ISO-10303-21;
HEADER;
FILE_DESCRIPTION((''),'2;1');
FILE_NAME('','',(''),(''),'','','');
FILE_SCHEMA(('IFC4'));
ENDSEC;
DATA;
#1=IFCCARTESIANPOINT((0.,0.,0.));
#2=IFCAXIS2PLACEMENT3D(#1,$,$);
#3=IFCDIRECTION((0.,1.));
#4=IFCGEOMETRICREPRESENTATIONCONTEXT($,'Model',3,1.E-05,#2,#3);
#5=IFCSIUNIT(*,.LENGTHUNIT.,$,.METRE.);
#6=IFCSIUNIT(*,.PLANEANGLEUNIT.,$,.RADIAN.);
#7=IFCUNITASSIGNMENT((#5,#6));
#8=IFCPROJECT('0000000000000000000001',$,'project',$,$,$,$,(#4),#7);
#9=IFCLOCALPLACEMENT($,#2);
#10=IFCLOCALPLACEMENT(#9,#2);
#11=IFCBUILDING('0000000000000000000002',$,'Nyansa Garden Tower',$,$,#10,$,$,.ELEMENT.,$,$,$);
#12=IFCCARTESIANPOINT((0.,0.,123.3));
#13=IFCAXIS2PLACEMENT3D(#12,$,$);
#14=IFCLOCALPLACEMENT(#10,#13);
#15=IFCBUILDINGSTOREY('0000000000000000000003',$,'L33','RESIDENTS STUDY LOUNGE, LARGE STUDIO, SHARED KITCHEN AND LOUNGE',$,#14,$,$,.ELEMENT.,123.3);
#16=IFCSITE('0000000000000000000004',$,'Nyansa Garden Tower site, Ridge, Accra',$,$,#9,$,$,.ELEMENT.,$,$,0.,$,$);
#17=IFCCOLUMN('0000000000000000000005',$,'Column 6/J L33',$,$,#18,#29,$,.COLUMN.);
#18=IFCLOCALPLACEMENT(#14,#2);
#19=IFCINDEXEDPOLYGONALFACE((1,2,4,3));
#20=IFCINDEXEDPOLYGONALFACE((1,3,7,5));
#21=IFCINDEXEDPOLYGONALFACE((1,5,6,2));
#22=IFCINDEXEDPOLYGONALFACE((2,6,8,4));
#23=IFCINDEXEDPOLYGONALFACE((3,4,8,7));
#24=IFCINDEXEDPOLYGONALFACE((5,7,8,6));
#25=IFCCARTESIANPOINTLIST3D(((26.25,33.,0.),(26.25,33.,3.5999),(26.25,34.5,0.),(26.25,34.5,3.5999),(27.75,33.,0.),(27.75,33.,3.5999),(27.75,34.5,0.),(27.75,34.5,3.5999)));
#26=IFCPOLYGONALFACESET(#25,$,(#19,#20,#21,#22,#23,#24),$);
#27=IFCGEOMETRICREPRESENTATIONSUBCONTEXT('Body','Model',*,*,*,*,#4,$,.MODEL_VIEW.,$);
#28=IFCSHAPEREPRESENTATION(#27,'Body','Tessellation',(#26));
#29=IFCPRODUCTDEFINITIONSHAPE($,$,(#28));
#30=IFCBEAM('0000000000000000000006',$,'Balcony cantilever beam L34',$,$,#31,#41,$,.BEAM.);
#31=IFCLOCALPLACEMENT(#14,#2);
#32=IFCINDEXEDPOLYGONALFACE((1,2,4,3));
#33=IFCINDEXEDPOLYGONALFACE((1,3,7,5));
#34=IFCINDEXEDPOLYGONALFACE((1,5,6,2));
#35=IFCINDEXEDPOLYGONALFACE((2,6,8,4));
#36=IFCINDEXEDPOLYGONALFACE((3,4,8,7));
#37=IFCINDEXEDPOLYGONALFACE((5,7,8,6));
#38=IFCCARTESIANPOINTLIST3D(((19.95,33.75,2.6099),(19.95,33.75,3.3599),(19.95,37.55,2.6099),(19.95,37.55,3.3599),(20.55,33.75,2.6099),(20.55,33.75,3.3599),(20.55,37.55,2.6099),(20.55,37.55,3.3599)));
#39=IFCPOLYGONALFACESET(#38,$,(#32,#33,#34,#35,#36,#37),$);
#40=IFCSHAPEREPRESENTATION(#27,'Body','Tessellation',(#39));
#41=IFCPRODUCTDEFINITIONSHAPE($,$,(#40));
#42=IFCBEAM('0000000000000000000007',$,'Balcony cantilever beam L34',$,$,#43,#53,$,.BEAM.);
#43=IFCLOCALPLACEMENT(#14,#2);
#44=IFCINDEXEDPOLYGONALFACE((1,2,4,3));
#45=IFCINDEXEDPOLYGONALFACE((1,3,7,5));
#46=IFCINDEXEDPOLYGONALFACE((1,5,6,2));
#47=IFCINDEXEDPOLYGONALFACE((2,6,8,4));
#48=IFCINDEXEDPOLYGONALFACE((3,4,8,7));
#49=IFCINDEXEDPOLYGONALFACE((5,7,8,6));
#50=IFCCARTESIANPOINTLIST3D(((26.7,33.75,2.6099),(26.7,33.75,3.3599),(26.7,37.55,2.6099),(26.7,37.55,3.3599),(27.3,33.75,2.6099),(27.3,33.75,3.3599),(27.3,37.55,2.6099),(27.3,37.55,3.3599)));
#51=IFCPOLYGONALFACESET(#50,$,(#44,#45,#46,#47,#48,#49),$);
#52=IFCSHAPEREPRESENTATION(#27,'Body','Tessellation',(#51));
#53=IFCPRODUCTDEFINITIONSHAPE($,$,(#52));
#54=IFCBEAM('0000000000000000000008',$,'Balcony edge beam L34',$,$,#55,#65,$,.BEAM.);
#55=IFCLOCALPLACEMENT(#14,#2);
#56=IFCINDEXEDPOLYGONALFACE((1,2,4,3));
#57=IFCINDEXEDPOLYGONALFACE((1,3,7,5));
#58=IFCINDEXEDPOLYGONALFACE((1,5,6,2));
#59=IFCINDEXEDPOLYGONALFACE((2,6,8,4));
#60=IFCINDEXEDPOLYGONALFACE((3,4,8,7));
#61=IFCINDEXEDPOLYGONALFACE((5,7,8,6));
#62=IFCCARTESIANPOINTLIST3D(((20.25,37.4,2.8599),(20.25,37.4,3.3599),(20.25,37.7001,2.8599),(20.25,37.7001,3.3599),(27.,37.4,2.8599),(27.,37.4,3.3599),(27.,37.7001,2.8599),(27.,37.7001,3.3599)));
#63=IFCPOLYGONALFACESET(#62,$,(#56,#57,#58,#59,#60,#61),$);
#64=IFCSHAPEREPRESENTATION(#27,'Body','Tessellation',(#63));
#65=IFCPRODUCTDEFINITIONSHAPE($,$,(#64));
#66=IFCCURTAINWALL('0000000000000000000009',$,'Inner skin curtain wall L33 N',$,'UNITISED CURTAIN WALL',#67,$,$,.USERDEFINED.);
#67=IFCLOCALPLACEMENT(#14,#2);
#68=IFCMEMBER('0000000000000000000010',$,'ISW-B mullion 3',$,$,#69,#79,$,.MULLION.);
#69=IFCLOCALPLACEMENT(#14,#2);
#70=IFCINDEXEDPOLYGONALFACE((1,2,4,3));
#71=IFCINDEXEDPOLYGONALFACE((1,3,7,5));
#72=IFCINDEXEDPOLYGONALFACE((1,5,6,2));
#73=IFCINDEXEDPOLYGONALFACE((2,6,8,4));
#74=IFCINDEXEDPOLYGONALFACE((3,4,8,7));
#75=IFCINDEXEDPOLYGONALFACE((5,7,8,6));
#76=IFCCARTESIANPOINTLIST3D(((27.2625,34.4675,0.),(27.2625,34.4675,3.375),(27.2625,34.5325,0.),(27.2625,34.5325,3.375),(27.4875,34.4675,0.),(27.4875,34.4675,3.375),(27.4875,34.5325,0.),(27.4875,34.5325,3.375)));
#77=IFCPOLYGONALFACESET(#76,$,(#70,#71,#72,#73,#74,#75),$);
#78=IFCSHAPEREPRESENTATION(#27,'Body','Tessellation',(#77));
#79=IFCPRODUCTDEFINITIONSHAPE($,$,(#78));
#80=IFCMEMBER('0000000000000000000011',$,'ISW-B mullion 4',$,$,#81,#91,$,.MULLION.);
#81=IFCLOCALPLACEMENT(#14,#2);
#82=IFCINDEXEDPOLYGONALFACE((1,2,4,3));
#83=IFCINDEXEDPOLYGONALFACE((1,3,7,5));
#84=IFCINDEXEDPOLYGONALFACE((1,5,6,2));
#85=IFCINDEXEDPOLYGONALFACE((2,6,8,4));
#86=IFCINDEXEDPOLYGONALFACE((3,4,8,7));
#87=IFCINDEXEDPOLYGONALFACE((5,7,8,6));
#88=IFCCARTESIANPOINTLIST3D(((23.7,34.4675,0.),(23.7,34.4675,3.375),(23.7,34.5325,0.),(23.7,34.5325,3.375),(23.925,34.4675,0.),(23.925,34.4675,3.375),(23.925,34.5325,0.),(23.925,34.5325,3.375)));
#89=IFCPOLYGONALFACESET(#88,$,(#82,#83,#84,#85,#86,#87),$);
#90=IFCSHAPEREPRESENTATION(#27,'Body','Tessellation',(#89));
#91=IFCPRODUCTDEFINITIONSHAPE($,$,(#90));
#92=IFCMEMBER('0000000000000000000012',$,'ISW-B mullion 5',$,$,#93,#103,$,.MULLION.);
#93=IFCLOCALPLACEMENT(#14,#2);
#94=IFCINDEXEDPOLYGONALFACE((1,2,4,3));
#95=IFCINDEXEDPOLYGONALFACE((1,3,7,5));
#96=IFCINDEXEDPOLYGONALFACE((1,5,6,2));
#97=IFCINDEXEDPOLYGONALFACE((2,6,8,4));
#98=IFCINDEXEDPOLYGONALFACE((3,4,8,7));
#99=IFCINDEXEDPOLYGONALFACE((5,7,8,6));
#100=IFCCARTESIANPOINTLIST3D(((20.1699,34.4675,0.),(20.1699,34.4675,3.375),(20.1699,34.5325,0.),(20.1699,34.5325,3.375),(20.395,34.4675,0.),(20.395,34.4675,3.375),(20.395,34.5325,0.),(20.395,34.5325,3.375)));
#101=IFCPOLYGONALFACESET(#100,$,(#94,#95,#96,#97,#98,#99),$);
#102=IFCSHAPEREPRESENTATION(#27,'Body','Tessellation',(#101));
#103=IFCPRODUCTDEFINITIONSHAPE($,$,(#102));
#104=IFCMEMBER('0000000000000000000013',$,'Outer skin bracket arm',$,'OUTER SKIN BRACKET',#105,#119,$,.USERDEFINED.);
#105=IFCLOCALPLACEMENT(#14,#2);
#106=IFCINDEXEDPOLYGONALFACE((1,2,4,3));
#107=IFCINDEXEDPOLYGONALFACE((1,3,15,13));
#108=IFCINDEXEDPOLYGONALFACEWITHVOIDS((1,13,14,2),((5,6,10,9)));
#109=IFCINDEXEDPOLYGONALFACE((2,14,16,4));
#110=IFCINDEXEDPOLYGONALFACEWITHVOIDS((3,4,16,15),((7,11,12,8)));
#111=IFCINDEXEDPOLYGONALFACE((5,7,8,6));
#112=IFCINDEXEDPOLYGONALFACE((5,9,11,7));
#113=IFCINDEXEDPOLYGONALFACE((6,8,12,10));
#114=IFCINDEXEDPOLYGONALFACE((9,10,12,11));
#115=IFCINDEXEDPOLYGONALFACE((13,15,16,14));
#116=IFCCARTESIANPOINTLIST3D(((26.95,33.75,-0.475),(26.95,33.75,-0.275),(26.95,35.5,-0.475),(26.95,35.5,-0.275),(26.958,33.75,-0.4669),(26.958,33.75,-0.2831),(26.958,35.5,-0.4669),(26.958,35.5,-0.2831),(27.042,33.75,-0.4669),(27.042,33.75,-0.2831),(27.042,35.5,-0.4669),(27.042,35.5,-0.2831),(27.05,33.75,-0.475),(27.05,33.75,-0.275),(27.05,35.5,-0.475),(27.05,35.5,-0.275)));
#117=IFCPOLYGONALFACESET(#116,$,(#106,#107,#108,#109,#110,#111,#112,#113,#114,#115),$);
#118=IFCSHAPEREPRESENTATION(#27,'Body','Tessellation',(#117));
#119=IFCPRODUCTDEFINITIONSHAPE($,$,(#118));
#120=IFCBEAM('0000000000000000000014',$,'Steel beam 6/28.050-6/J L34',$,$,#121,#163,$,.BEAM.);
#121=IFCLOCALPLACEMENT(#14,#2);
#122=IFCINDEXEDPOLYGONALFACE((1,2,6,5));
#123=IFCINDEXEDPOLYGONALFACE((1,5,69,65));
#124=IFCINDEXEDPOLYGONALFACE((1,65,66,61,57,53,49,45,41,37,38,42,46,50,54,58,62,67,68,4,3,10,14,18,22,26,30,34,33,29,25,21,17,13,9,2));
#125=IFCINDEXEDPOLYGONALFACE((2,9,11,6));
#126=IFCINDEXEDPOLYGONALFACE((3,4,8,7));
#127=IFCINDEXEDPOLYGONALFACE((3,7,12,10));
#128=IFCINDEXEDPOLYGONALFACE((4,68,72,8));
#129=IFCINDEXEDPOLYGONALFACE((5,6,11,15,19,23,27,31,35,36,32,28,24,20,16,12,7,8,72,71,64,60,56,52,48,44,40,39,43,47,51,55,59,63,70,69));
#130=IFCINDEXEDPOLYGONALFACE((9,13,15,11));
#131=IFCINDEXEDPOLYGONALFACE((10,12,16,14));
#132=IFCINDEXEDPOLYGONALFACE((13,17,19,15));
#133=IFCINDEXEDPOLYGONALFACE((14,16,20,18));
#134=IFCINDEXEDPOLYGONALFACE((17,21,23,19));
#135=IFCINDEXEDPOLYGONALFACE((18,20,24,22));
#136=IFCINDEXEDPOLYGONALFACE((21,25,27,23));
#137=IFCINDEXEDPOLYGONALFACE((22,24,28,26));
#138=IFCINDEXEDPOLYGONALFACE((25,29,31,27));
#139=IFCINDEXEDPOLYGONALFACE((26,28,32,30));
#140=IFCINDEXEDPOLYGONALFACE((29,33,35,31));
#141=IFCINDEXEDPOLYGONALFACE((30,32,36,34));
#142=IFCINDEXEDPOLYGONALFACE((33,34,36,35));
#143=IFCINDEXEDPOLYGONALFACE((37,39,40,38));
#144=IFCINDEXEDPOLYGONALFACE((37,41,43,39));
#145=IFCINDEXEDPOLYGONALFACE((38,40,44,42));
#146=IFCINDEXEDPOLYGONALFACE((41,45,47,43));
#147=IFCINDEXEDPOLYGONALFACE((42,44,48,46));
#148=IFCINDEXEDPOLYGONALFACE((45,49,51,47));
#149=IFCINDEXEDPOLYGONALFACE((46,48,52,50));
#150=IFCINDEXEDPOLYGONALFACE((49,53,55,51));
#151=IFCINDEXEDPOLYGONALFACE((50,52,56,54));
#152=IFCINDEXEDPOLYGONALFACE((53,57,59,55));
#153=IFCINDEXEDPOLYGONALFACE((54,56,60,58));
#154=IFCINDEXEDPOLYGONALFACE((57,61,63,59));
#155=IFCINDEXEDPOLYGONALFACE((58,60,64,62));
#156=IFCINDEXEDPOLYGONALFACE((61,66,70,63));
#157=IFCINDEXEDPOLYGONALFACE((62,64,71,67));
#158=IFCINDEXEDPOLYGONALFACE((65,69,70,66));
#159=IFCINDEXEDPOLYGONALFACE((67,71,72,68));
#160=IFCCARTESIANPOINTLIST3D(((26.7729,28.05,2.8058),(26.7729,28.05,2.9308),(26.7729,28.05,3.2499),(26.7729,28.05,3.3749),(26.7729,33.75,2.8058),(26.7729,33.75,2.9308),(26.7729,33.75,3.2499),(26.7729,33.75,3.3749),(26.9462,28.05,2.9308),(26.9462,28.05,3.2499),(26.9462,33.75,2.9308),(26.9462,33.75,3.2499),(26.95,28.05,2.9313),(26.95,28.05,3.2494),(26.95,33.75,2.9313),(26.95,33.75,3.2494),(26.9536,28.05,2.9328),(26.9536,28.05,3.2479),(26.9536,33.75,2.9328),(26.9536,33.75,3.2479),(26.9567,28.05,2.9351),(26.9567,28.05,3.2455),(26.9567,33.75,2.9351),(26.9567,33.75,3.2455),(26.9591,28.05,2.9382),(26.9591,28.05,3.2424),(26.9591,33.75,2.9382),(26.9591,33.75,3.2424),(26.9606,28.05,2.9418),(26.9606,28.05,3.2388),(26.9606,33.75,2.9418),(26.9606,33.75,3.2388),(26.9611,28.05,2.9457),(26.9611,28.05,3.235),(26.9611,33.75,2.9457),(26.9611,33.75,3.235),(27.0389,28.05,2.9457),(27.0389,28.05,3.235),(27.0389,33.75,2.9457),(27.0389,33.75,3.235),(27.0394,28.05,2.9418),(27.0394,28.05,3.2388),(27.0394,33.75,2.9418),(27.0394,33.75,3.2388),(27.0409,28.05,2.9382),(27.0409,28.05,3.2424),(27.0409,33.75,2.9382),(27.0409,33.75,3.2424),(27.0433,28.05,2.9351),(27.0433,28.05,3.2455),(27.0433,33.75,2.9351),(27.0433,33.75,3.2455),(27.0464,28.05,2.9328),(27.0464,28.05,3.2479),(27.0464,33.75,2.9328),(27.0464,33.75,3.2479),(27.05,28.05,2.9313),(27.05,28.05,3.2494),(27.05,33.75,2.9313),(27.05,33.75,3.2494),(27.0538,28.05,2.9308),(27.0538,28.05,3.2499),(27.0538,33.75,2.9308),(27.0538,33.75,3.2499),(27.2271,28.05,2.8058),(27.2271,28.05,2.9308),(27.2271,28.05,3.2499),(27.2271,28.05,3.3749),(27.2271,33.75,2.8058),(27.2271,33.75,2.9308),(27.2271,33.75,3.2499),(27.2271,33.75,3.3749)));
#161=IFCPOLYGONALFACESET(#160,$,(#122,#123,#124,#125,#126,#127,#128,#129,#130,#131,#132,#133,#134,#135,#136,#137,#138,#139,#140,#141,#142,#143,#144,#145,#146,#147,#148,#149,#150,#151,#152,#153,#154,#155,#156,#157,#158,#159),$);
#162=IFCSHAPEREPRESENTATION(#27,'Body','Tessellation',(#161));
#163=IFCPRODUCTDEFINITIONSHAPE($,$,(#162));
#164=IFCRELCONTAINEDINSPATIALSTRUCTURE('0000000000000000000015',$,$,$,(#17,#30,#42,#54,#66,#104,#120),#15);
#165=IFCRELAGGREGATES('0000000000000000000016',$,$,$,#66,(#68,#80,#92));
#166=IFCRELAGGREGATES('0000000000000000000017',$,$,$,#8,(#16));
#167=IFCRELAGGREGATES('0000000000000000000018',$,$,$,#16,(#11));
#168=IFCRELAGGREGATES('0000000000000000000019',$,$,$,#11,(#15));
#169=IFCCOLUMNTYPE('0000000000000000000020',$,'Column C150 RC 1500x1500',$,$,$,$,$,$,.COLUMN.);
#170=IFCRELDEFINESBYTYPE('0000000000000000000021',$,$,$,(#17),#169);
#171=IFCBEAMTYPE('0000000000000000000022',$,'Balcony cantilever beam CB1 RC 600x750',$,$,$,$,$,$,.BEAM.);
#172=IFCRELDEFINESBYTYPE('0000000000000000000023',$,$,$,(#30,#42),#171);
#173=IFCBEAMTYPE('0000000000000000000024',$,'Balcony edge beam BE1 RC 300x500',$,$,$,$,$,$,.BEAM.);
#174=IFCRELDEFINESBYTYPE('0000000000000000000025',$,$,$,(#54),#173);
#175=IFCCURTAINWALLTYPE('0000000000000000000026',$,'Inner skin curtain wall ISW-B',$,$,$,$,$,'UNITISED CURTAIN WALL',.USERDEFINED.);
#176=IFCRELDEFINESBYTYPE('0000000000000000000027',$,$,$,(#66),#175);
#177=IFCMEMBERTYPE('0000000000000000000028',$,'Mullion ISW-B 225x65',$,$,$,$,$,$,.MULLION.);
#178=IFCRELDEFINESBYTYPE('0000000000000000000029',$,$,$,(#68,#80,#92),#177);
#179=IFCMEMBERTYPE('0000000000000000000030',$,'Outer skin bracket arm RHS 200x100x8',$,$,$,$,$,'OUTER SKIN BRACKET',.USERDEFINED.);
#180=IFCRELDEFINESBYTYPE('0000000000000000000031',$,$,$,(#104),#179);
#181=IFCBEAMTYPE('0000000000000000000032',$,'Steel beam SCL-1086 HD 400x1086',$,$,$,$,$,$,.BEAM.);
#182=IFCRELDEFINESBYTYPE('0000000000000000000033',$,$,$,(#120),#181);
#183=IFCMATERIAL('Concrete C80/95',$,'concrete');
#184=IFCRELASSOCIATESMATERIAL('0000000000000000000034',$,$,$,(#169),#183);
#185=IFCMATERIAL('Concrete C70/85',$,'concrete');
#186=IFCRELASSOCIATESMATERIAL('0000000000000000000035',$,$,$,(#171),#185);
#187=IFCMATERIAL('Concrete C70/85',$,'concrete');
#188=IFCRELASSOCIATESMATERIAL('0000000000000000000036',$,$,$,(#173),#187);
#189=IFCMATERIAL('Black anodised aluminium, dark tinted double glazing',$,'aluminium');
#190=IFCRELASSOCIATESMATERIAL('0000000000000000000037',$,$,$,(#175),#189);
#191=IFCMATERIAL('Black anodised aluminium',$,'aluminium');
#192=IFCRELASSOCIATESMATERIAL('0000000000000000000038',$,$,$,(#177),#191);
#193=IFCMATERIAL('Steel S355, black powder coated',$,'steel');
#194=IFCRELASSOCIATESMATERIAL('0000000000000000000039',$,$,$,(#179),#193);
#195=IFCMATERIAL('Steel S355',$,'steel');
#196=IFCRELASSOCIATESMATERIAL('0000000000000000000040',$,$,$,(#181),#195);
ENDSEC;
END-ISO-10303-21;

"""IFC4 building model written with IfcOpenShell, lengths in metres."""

from ifc_helpers import new_model, si_unit, direction, frame, origin, origin_2d, place, context, subcontext, project, spatial, rectangle, hollow_rectangle, i_section, extrude, material, material_profile, profile_set, type_object, element, aggregate, save


model = new_model("IFC4")

# Units and contexts
model_context = context("Model", 3, precision=1e-05, world=origin(), true_north=direction((0.0, 1.0)))
body_context = subcontext(model_context, "Body", "Model", "MODEL_VIEW")
ifc_project = project(units=[si_unit("LENGTHUNIT", "METRE"), si_unit("PLANEANGLEUNIT", "RADIAN")], contexts=[model_context])

# Site, building, storey
site_placement = place(None, origin())
site = spatial("IfcSite", under=ifc_project, at=site_placement, Name="Nyansa Garden Tower site, Ridge, Accra", CompositionType="ELEMENT", RefElevation=0.0)
building_placement = place(site_placement, origin())
building = spatial("IfcBuilding", under=site, at=building_placement, Name="Nyansa Garden Tower", CompositionType="ELEMENT")
storey_placement = place(building_placement, frame((0.0, 0.0, 123.3)))
storey = spatial("IfcBuildingStorey", under=building, at=storey_placement, Name="L33", Description="RESIDENTS STUDY LOUNGE, LARGE STUDIO, SHARED KITCHEN AND LOUNGE", CompositionType="ELEMENT", Elevation=123.3)

# Column
ifc_material_1 = material(Name="Concrete C80/95", Category="concrete")
ifc_material_profile_1 = material_profile(ifc_material_1, rectangle(XDim=1.5, YDim=1.5, at=origin_2d()), Name="RC 1500x1500")
ifc_profile_set_1 = profile_set([ifc_material_profile_1], Name="Concrete C80/95")
column_type = type_object("IfcColumnType", Name="Column C150 RC 1500x1500", PredefinedType="COLUMN", material=ifc_profile_set_1)
column_placement = place(storey_placement, frame((27.0, 33.75, 0.0), z_axis=(0.0, 0.0, 1.0), x_axis=(1.0, 0.0, 0.0)))
element("IfcColumn", 1, at=column_placement, inside=storey, type_object=column_type, Name="Column 6/J L33", PredefinedType="COLUMN", context=body_context, shape_type="SweptSolid", body=[
    extrude(rectangle(XDim=1.5, YDim=1.5, at=origin_2d()), origin(), (0.0, 0.0, 1.0), 3.5999),
])

# Beams
ifc_material_2 = material(Name="Concrete C70/85", Category="concrete")
ifc_material_profile_2 = material_profile(ifc_material_2, rectangle(XDim=0.6001, YDim=0.75, at=origin_2d()), Name="RC 600x750")
ifc_profile_set_2 = profile_set([ifc_material_profile_2], Name="Concrete C70/85")
beam_type_1 = type_object("IfcBeamType", Name="Balcony cantilever beam CB1 RC 600x750", PredefinedType="BEAM", material=ifc_profile_set_2)
for number, where, z_axis, x_axis, name in (
    (2, (20.25, 33.75, 2.9849), (0.0, 1.0, 0.0), (-1.0, 0.0, 0.0), "Balcony cantilever beam L34"),
    (3, (27.0, 33.75, 2.9849), (0.0, 1.0, 0.0), (-1.0, 0.0, 0.0), "Balcony cantilever beam L34"),
):
    element("IfcBeam", number, at=place(storey_placement, frame(where, z_axis=z_axis, x_axis=x_axis)), inside=storey, type_object=beam_type_1, Name=name, PredefinedType="BEAM", context=body_context, shape_type="SweptSolid", body=[
        extrude(rectangle(XDim=0.6001, YDim=0.75, at=origin_2d()), origin(), (0.0, 0.0, 1.0), 3.8),
    ])
ifc_material_3 = material(Name="Concrete C70/85", Category="concrete")
ifc_material_profile_3 = material_profile(ifc_material_3, rectangle(XDim=0.3, YDim=0.5, at=origin_2d()), Name="RC 300x500")
ifc_profile_set_3 = profile_set([ifc_material_profile_3], Name="Concrete C70/85")
beam_type_2 = type_object("IfcBeamType", Name="Balcony edge beam BE1 RC 300x500", PredefinedType="BEAM", material=ifc_profile_set_3)
beam_1_placement = place(storey_placement, frame((20.25, 37.55, 3.1099), z_axis=(1.0, 0.0, 0.0), x_axis=(0.0, 1.0, 0.0)))
element("IfcBeam", 4, at=beam_1_placement, inside=storey, type_object=beam_type_2, Name="Balcony edge beam L34", PredefinedType="BEAM", context=body_context, shape_type="SweptSolid", body=[
    extrude(rectangle(XDim=0.3, YDim=0.5, at=origin_2d()), origin(), (0.0, 0.0, 1.0), 6.75),
])

# Curtain wall, members
ifc_material_4 = material(Name="Black anodised aluminium, dark tinted double glazing", Category="aluminium")
curtain_wall_type = type_object("IfcCurtainWallType", Name="Inner skin curtain wall ISW-B", ElementType="UNITISED CURTAIN WALL", PredefinedType="USERDEFINED", material=ifc_material_4)
curtain_wall_placement = place(storey_placement, origin())
curtain_wall = element("IfcCurtainWall", 5, at=curtain_wall_placement, inside=storey, type_object=curtain_wall_type, Name="Inner skin curtain wall L33 N", ObjectType="UNITISED CURTAIN WALL", PredefinedType="USERDEFINED")
ifc_material_5 = material(Name="Black anodised aluminium", Category="aluminium")
ifc_material_profile_4 = material_profile(ifc_material_5, rectangle(XDim=0.0649, YDim=0.2251, at=origin_2d()), Name="Mullion 225x65")
ifc_profile_set_4 = profile_set([ifc_material_profile_4], Name="Black anodised aluminium")
member_type_1 = type_object("IfcMemberType", Name="Mullion ISW-B 225x65", PredefinedType="MULLION", material=ifc_profile_set_4)
member_1_placement = place(storey_placement, frame((27.375, 34.5, 0.0), z_axis=(0.0, 0.0, 1.0), x_axis=(0.0, -1.0, 0.0)))
member_1 = element("IfcMember", 6, at=member_1_placement, type_object=member_type_1, Name="ISW-B mullion 3", PredefinedType="MULLION", context=body_context, shape_type="SweptSolid", body=[
    extrude(rectangle(XDim=0.0649, YDim=0.2251, at=origin_2d()), origin(), (0.0, 0.0, 1.0), 3.375),
])
member_2_placement = place(storey_placement, frame((23.8125, 34.5, 0.0), z_axis=(0.0, 0.0, 1.0), x_axis=(0.0, -1.0, 0.0)))
member_2 = element("IfcMember", 7, at=member_2_placement, type_object=member_type_1, Name="ISW-B mullion 4", PredefinedType="MULLION", context=body_context, shape_type="SweptSolid", body=[
    extrude(rectangle(XDim=0.0649, YDim=0.2251, at=origin_2d()), origin(), (0.0, 0.0, 1.0), 3.375),
])
member_3_placement = place(storey_placement, frame((20.2825, 34.5, 0.0), z_axis=(0.0, 0.0, 1.0), x_axis=(0.0, -1.0, 0.0)))
member_3 = element("IfcMember", 8, at=member_3_placement, type_object=member_type_1, Name="ISW-B mullion 5", PredefinedType="MULLION", context=body_context, shape_type="SweptSolid", body=[
    extrude(rectangle(XDim=0.0649, YDim=0.2251, at=origin_2d()), origin(), (0.0, 0.0, 1.0), 3.375),
])

# Member
ifc_material_6 = material(Name="Steel S355, black powder coated", Category="steel")
ifc_material_profile_5 = material_profile(ifc_material_6, hollow_rectangle(XDim=0.1001, YDim=0.2, WallThickness=0.0081, at=origin_2d()), Name="RHS 200x100x8")
ifc_profile_set_5 = profile_set([ifc_material_profile_5], Name="Steel S355, black powder coated")
member_type_2 = type_object("IfcMemberType", Name="Outer skin bracket arm RHS 200x100x8", ElementType="OUTER SKIN BRACKET", PredefinedType="USERDEFINED", material=ifc_profile_set_5)
member_4_placement = place(storey_placement, frame((27.0, 33.75, -0.375), z_axis=(0.0, 1.0, 0.0), x_axis=(-1.0, 0.0, 0.0)))
element("IfcMember", 9, at=member_4_placement, inside=storey, type_object=member_type_2, Name="Outer skin bracket arm", ObjectType="OUTER SKIN BRACKET", PredefinedType="USERDEFINED", context=body_context, shape_type="SweptSolid", body=[
    extrude(hollow_rectangle(XDim=0.1001, YDim=0.2, WallThickness=0.0081, at=origin_2d()), origin(), (0.0, 0.0, 1.0), 1.75),
])

# Beam
ifc_material_7 = material(Name="Steel S355", Category="steel")
ifc_material_profile_6 = material_profile(ifc_material_7, i_section(OverallWidth=0.4541, OverallDepth=0.5691, WebThickness=0.0779, FlangeThickness=0.125, FilletRadius=0.0149, at=origin_2d()), Name="HD 400x1086")
ifc_profile_set_6 = profile_set([ifc_material_profile_6], Name="Steel S355")
beam_type_3 = type_object("IfcBeamType", Name="Steel beam SCL-1086 HD 400x1086", PredefinedType="BEAM", material=ifc_profile_set_6)
for number, where, z_axis, x_axis, name in (
    (10, (27.0, 28.05, 3.0903), (0.0, 1.0, 0.0), (-1.0, 0.0, 0.0), "Steel beam 6/28.050-6/J L34"),
):
    element("IfcBeam", number, at=place(storey_placement, frame(where, z_axis=z_axis, x_axis=x_axis)), inside=storey, type_object=beam_type_3, Name=name, PredefinedType="BEAM", context=body_context, shape_type="SweptSolid", body=[
        extrude(i_section(OverallWidth=0.4541, OverallDepth=0.5691, WebThickness=0.0779, FlangeThickness=0.125, FilletRadius=0.0149, at=origin_2d()), origin(), (0.0, 0.0, 1.0), 5.7),
    ])

aggregate(curtain_wall, [member_1, member_2, member_3])

save(model, "model.ifc")
